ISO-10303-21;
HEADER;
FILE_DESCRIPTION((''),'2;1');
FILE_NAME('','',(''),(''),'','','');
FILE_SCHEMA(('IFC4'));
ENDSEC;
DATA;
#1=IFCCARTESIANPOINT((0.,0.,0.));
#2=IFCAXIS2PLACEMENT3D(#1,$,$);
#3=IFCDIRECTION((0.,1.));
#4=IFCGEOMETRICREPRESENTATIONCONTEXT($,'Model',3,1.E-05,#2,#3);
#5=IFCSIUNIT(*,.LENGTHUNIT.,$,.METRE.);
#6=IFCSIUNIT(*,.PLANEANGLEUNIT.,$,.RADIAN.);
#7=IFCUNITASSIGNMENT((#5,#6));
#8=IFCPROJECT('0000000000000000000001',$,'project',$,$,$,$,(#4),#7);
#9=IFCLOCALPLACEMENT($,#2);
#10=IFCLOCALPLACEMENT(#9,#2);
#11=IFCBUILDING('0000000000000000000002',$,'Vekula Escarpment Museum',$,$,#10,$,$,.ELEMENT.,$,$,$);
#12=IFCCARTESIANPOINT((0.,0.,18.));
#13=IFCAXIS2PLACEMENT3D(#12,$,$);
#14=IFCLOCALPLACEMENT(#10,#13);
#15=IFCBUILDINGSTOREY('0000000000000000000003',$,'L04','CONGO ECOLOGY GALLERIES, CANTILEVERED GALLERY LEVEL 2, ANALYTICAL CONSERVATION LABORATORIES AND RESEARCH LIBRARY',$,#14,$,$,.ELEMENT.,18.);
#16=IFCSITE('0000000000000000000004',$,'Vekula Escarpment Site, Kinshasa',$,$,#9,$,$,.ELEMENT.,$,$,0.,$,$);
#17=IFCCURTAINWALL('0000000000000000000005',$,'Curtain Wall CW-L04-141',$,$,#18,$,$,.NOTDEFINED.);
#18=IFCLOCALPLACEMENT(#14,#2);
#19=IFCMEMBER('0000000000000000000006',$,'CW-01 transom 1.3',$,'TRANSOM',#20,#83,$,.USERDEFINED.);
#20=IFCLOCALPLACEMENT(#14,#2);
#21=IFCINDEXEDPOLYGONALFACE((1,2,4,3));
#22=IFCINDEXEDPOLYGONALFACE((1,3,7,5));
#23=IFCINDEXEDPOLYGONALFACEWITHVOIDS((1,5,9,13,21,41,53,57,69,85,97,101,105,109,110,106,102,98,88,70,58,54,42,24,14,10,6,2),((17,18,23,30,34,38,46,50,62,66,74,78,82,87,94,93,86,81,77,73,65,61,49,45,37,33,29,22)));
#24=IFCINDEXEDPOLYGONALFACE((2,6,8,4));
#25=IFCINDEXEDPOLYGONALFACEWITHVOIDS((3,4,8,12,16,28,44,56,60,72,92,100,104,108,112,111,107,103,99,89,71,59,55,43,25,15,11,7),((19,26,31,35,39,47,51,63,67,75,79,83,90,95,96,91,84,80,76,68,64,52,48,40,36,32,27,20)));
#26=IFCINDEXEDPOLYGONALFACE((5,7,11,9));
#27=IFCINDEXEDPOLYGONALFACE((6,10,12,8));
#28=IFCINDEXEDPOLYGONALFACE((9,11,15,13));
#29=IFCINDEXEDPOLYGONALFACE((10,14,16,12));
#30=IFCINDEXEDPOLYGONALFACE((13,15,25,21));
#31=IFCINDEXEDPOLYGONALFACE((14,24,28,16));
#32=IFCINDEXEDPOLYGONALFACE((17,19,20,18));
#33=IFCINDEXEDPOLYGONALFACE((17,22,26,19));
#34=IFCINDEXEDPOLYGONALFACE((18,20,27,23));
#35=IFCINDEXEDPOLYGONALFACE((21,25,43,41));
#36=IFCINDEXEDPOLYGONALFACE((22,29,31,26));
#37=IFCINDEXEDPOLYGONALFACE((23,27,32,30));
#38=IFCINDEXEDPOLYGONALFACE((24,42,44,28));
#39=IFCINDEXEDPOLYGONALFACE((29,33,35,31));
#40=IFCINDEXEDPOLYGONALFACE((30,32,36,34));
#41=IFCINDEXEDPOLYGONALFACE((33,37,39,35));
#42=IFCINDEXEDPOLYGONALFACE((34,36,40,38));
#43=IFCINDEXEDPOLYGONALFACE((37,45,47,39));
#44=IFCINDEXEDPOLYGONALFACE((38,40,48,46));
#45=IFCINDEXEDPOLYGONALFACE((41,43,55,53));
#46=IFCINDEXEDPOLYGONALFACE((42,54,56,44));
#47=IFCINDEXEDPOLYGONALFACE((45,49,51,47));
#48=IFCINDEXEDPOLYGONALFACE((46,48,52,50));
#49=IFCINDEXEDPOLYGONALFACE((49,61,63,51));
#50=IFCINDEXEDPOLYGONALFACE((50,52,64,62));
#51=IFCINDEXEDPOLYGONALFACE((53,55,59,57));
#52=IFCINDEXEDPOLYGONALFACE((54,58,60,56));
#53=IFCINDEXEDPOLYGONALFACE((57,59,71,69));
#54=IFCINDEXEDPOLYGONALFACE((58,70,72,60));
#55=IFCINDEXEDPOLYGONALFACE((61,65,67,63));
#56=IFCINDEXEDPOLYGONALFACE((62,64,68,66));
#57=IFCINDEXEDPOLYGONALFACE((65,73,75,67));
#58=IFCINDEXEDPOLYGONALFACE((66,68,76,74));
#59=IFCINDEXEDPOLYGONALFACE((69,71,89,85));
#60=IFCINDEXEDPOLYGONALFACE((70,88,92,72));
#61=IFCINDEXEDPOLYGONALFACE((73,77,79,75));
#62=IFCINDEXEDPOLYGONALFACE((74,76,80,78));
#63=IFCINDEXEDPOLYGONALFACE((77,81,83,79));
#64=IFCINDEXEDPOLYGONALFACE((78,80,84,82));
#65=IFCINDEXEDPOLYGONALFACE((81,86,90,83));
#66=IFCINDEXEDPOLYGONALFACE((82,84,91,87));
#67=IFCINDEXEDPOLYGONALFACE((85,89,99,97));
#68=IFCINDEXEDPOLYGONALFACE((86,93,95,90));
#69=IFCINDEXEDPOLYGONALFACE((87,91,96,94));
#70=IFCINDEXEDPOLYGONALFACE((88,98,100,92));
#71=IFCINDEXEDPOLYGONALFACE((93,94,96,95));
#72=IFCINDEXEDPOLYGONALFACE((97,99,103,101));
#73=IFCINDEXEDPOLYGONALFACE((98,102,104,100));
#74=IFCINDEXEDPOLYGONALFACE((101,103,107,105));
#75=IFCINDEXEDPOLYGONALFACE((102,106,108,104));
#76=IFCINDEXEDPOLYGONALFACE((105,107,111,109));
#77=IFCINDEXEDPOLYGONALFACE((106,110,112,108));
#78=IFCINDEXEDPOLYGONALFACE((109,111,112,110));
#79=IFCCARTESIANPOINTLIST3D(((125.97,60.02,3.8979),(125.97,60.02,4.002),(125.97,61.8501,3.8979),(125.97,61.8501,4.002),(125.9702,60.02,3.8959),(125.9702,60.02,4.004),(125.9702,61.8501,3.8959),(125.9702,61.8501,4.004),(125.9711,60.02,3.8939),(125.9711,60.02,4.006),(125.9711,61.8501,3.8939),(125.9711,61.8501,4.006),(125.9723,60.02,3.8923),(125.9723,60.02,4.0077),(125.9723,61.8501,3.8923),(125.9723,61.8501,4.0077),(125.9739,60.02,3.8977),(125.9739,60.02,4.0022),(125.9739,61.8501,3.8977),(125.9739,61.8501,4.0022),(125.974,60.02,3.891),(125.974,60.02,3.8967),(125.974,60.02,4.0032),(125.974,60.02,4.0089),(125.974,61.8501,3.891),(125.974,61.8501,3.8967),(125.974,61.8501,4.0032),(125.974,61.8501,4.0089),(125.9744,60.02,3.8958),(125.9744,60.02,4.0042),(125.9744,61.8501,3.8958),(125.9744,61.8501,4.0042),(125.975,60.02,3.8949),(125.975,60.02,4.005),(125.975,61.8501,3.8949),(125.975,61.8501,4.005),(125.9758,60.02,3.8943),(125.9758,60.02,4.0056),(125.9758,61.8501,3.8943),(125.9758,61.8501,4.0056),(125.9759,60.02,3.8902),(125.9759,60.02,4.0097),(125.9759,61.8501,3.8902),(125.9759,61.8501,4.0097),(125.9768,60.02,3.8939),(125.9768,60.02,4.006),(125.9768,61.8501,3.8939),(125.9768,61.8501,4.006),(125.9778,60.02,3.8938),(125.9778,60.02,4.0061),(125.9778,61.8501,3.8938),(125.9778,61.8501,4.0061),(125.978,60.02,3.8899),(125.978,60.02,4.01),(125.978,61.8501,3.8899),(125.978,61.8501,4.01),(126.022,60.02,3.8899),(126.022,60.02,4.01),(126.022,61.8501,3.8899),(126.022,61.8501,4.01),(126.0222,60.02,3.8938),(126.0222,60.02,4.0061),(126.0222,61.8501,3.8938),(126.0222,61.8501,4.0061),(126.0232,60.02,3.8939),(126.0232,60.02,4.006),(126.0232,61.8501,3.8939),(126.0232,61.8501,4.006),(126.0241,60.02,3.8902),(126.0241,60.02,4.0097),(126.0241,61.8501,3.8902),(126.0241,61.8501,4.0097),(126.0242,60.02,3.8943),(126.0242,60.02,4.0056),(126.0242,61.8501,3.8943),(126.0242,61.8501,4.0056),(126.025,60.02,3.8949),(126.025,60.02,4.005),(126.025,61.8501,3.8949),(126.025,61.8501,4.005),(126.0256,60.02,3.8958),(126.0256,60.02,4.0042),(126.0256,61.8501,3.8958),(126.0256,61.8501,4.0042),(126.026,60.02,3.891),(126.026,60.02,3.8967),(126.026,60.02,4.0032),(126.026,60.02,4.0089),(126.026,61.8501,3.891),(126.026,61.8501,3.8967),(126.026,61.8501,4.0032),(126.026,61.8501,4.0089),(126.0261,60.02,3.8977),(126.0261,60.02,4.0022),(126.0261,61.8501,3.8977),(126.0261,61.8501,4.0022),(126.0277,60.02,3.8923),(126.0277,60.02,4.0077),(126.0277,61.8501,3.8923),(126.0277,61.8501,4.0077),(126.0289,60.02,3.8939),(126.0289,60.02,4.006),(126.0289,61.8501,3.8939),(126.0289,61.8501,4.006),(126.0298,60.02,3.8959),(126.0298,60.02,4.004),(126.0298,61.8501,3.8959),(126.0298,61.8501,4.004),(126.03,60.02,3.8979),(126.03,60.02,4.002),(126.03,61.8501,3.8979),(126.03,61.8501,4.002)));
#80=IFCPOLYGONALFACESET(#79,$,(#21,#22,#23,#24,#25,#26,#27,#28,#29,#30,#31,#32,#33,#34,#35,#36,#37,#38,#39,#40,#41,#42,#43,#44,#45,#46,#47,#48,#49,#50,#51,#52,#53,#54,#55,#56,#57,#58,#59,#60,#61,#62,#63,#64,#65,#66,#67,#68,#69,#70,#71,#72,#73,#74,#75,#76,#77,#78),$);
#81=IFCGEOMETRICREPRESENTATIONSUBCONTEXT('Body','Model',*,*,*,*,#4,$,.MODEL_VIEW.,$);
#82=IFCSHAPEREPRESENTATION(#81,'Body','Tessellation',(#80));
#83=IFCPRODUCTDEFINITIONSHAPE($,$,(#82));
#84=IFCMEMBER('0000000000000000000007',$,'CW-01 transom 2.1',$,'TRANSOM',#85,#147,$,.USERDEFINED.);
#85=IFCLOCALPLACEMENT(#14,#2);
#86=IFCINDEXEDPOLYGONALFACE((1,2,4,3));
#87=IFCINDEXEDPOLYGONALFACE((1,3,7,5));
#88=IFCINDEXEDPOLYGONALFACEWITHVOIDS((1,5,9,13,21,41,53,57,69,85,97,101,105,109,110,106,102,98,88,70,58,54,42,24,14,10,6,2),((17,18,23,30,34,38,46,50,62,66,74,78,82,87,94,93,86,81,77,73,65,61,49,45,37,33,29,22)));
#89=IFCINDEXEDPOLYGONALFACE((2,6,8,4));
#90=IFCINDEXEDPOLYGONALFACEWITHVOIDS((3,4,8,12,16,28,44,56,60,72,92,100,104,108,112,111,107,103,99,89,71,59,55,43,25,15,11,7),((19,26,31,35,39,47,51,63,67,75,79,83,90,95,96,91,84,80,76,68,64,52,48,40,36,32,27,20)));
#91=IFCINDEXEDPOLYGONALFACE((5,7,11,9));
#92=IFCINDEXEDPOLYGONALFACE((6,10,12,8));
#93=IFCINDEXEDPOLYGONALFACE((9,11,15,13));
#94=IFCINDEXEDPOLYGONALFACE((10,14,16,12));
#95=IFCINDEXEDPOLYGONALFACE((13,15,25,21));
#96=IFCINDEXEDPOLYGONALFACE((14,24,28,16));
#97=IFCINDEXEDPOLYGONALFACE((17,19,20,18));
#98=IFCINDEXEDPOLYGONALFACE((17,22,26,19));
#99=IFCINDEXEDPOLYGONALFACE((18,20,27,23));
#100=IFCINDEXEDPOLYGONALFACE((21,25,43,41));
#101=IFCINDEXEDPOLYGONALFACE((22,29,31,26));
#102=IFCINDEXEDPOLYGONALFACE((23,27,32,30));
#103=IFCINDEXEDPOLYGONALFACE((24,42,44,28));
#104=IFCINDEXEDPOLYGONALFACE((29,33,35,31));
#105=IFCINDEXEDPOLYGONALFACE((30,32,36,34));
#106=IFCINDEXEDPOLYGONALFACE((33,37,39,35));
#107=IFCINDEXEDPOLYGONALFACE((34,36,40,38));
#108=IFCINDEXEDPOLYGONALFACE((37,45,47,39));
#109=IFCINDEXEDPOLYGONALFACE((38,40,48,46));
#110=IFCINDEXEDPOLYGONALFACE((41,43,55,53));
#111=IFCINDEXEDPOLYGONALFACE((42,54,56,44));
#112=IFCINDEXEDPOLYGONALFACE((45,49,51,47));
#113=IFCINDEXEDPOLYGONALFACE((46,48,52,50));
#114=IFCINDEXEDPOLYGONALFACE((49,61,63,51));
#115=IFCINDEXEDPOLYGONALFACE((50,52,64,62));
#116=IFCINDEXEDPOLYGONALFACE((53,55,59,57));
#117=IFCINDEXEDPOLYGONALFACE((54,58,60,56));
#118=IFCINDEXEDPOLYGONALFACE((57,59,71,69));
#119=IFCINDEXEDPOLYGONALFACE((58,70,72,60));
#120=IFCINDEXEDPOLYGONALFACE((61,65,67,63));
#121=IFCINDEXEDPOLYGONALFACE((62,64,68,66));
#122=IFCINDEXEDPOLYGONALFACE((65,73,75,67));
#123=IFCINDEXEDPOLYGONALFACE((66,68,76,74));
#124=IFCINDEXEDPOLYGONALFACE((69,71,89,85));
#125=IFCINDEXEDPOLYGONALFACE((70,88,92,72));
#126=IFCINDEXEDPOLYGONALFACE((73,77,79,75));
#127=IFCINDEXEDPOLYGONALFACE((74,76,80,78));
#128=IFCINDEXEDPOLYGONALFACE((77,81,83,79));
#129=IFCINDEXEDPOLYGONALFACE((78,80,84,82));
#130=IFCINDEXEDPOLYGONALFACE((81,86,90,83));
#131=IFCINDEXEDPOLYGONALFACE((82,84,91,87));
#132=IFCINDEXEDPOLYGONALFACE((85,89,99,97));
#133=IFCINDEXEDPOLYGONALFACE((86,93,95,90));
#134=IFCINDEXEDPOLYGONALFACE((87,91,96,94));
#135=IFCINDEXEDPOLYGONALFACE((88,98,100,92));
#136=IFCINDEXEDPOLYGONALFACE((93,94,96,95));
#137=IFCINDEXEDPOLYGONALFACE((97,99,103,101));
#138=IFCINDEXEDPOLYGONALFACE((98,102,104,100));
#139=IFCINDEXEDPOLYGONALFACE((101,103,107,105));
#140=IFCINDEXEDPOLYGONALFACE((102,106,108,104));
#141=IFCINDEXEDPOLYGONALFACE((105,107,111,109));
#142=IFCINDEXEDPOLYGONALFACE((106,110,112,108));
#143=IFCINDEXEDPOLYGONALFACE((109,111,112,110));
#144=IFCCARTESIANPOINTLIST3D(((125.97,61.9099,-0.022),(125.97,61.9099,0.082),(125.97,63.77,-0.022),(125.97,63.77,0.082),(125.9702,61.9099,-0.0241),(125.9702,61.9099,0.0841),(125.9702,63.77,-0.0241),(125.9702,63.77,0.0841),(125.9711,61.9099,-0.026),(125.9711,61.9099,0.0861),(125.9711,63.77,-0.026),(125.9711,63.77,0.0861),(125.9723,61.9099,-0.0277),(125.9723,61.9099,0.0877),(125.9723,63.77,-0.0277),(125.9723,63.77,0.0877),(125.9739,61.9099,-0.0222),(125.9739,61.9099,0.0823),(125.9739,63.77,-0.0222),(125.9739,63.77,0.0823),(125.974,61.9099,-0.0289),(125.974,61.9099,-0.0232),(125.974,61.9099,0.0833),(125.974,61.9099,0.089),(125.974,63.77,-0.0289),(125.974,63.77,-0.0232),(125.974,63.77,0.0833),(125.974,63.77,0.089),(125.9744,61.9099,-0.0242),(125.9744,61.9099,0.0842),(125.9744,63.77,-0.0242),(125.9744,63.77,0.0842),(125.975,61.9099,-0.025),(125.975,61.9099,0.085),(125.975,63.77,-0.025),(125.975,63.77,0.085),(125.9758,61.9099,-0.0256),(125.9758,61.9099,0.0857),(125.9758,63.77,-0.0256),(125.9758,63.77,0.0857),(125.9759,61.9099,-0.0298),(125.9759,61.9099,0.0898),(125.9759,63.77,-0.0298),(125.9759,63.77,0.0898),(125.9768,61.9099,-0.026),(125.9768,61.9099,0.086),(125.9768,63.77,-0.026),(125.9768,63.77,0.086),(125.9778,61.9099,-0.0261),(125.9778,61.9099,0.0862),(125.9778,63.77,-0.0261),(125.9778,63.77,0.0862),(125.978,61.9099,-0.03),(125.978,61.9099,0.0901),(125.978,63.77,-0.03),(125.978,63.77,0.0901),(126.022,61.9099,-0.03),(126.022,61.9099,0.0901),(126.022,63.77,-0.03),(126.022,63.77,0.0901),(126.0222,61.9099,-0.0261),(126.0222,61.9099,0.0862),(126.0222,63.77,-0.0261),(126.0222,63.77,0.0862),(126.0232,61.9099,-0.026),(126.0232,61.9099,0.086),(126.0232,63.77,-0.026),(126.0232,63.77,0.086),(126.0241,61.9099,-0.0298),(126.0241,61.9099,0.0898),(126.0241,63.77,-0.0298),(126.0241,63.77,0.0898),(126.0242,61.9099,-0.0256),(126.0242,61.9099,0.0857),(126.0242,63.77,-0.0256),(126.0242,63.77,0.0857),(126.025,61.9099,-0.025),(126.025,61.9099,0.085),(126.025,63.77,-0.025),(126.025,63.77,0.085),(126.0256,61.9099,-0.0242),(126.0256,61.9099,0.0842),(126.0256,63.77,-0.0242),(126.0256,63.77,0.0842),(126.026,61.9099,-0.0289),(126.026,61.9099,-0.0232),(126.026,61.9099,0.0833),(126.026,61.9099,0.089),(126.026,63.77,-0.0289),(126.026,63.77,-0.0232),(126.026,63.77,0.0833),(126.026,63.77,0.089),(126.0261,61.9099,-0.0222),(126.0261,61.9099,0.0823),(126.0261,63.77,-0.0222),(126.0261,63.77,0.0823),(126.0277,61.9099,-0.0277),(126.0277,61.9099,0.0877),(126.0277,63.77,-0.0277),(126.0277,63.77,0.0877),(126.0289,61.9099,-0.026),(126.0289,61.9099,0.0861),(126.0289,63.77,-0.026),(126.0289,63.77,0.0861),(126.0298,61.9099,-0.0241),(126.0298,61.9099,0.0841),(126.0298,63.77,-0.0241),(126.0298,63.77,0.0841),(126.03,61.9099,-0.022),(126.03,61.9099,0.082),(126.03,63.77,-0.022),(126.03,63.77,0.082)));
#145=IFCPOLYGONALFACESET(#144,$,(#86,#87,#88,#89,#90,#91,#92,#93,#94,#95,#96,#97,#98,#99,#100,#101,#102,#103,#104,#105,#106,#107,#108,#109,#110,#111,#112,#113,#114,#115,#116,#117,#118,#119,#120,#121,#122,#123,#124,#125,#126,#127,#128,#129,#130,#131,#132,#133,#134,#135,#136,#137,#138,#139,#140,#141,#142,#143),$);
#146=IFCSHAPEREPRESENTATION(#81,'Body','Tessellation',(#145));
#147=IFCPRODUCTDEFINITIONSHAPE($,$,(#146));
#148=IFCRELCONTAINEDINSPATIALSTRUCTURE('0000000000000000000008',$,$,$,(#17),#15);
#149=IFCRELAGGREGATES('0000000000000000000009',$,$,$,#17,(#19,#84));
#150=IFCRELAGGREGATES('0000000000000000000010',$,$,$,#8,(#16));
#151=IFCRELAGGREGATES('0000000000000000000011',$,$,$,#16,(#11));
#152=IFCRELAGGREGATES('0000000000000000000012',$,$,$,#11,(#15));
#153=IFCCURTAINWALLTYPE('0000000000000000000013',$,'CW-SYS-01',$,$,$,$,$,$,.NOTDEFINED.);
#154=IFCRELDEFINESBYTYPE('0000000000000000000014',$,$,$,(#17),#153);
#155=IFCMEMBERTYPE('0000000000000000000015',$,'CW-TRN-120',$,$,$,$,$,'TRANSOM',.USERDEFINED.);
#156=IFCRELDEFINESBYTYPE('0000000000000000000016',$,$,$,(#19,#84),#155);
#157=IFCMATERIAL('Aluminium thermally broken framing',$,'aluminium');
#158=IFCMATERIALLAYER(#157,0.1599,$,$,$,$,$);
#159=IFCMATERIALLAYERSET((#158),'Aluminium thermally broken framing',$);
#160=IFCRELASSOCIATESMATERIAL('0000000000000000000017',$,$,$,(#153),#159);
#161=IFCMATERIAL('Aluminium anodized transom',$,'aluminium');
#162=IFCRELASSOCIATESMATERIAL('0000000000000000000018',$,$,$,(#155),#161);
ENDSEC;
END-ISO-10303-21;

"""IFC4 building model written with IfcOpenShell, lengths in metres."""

from ifc_helpers import new_model, si_unit, direction, frame, origin, origin_2d, place, context, subcontext, project, spatial, hollow_rectangle, extrude, material, layer, layer_set, material_profile, profile_set, type_object, element, aggregate, save


model = new_model("IFC4")

# Units and contexts
model_context = context("Model", 3, precision=1e-05, world=origin(), true_north=direction((0.0, 1.0)))
body_context = subcontext(model_context, "Body", "Model", "MODEL_VIEW")
ifc_project = project(units=[si_unit("LENGTHUNIT", "METRE"), si_unit("PLANEANGLEUNIT", "RADIAN")], contexts=[model_context])

# Site, building, storey
site_placement = place(None, origin())
site = spatial("IfcSite", under=ifc_project, at=site_placement, Name="Vekula Escarpment Site, Kinshasa", CompositionType="ELEMENT", RefElevation=0.0)
building_placement = place(site_placement, origin())
building = spatial("IfcBuilding", under=site, at=building_placement, Name="Vekula Escarpment Museum", CompositionType="ELEMENT")
storey_placement = place(building_placement, frame((0.0, 0.0, 18.0)))
storey = spatial("IfcBuildingStorey", under=building, at=storey_placement, Name="L04", Description="CONGO ECOLOGY GALLERIES, CANTILEVERED GALLERY LEVEL 2, ANALYTICAL CONSERVATION LABORATORIES AND RESEARCH LIBRARY", CompositionType="ELEMENT", Elevation=18.0)

# Curtain wall, members
ifc_material_1 = material(Name="Aluminium thermally broken framing", Category="aluminium")
ifc_layer_1 = layer(ifc_material_1, 0.1599)
ifc_layer_set_1 = layer_set([ifc_layer_1], Name="Aluminium thermally broken framing")
curtain_wall_type = type_object("IfcCurtainWallType", Name="CW-SYS-01", PredefinedType="NOTDEFINED", material=ifc_layer_set_1)
curtain_wall_placement = place(storey_placement, origin())
curtain_wall = element("IfcCurtainWall", 1, at=curtain_wall_placement, inside=storey, type_object=curtain_wall_type, Name="Curtain Wall CW-L04-141", PredefinedType="NOTDEFINED")
ifc_material_2 = material(Name="Aluminium anodized transom", Category="aluminium")
ifc_material_profile_1 = material_profile(ifc_material_2, hollow_rectangle(XDim=0.0601, YDim=0.1201, WallThickness=0.0039, InnerFilletRadius=0.0039, OuterFilletRadius=0.0081, at=origin_2d()), Name="ALU 120x60x4")
ifc_profile_set_1 = profile_set([ifc_material_profile_1], Name="Aluminium anodized transom")
member_type_1 = type_object("IfcMemberType", Name="CW-TRN-120", ElementType="TRANSOM", PredefinedType="USERDEFINED", material=ifc_profile_set_1)
member_1_placement = place(storey_placement, frame((126.0, 60.02, 3.95), z_axis=(0.0, 1.0, 0.0), x_axis=(-1.0, 0.0, 0.0)))
member_1 = element("IfcMember", 2, at=member_1_placement, type_object=member_type_1, Name="CW-01 transom 1.3", ObjectType="TRANSOM", PredefinedType="USERDEFINED", context=body_context, shape_type="SweptSolid", body=[
    extrude(hollow_rectangle(XDim=0.0601, YDim=0.1201, WallThickness=0.0039, InnerFilletRadius=0.0039, OuterFilletRadius=0.0081, at=origin_2d()), origin(), (0.0, 0.0, 1.0), 1.8301),
])
member_2_placement = place(storey_placement, frame((126.0, 61.9099, 0.03), z_axis=(0.0, 1.0, 0.0), x_axis=(-1.0, 0.0, 0.0)))
member_2 = element("IfcMember", 3, at=member_2_placement, type_object=member_type_1, Name="CW-01 transom 2.1", ObjectType="TRANSOM", PredefinedType="USERDEFINED", context=body_context, shape_type="SweptSolid", body=[
    extrude(hollow_rectangle(XDim=0.0601, YDim=0.1201, WallThickness=0.0039, InnerFilletRadius=0.0039, OuterFilletRadius=0.0081, at=origin_2d()), origin(), (0.0, 0.0, 1.0), 1.8601),
])
aggregate(curtain_wall, [member_1, member_2])

save(model, "model.ifc")
